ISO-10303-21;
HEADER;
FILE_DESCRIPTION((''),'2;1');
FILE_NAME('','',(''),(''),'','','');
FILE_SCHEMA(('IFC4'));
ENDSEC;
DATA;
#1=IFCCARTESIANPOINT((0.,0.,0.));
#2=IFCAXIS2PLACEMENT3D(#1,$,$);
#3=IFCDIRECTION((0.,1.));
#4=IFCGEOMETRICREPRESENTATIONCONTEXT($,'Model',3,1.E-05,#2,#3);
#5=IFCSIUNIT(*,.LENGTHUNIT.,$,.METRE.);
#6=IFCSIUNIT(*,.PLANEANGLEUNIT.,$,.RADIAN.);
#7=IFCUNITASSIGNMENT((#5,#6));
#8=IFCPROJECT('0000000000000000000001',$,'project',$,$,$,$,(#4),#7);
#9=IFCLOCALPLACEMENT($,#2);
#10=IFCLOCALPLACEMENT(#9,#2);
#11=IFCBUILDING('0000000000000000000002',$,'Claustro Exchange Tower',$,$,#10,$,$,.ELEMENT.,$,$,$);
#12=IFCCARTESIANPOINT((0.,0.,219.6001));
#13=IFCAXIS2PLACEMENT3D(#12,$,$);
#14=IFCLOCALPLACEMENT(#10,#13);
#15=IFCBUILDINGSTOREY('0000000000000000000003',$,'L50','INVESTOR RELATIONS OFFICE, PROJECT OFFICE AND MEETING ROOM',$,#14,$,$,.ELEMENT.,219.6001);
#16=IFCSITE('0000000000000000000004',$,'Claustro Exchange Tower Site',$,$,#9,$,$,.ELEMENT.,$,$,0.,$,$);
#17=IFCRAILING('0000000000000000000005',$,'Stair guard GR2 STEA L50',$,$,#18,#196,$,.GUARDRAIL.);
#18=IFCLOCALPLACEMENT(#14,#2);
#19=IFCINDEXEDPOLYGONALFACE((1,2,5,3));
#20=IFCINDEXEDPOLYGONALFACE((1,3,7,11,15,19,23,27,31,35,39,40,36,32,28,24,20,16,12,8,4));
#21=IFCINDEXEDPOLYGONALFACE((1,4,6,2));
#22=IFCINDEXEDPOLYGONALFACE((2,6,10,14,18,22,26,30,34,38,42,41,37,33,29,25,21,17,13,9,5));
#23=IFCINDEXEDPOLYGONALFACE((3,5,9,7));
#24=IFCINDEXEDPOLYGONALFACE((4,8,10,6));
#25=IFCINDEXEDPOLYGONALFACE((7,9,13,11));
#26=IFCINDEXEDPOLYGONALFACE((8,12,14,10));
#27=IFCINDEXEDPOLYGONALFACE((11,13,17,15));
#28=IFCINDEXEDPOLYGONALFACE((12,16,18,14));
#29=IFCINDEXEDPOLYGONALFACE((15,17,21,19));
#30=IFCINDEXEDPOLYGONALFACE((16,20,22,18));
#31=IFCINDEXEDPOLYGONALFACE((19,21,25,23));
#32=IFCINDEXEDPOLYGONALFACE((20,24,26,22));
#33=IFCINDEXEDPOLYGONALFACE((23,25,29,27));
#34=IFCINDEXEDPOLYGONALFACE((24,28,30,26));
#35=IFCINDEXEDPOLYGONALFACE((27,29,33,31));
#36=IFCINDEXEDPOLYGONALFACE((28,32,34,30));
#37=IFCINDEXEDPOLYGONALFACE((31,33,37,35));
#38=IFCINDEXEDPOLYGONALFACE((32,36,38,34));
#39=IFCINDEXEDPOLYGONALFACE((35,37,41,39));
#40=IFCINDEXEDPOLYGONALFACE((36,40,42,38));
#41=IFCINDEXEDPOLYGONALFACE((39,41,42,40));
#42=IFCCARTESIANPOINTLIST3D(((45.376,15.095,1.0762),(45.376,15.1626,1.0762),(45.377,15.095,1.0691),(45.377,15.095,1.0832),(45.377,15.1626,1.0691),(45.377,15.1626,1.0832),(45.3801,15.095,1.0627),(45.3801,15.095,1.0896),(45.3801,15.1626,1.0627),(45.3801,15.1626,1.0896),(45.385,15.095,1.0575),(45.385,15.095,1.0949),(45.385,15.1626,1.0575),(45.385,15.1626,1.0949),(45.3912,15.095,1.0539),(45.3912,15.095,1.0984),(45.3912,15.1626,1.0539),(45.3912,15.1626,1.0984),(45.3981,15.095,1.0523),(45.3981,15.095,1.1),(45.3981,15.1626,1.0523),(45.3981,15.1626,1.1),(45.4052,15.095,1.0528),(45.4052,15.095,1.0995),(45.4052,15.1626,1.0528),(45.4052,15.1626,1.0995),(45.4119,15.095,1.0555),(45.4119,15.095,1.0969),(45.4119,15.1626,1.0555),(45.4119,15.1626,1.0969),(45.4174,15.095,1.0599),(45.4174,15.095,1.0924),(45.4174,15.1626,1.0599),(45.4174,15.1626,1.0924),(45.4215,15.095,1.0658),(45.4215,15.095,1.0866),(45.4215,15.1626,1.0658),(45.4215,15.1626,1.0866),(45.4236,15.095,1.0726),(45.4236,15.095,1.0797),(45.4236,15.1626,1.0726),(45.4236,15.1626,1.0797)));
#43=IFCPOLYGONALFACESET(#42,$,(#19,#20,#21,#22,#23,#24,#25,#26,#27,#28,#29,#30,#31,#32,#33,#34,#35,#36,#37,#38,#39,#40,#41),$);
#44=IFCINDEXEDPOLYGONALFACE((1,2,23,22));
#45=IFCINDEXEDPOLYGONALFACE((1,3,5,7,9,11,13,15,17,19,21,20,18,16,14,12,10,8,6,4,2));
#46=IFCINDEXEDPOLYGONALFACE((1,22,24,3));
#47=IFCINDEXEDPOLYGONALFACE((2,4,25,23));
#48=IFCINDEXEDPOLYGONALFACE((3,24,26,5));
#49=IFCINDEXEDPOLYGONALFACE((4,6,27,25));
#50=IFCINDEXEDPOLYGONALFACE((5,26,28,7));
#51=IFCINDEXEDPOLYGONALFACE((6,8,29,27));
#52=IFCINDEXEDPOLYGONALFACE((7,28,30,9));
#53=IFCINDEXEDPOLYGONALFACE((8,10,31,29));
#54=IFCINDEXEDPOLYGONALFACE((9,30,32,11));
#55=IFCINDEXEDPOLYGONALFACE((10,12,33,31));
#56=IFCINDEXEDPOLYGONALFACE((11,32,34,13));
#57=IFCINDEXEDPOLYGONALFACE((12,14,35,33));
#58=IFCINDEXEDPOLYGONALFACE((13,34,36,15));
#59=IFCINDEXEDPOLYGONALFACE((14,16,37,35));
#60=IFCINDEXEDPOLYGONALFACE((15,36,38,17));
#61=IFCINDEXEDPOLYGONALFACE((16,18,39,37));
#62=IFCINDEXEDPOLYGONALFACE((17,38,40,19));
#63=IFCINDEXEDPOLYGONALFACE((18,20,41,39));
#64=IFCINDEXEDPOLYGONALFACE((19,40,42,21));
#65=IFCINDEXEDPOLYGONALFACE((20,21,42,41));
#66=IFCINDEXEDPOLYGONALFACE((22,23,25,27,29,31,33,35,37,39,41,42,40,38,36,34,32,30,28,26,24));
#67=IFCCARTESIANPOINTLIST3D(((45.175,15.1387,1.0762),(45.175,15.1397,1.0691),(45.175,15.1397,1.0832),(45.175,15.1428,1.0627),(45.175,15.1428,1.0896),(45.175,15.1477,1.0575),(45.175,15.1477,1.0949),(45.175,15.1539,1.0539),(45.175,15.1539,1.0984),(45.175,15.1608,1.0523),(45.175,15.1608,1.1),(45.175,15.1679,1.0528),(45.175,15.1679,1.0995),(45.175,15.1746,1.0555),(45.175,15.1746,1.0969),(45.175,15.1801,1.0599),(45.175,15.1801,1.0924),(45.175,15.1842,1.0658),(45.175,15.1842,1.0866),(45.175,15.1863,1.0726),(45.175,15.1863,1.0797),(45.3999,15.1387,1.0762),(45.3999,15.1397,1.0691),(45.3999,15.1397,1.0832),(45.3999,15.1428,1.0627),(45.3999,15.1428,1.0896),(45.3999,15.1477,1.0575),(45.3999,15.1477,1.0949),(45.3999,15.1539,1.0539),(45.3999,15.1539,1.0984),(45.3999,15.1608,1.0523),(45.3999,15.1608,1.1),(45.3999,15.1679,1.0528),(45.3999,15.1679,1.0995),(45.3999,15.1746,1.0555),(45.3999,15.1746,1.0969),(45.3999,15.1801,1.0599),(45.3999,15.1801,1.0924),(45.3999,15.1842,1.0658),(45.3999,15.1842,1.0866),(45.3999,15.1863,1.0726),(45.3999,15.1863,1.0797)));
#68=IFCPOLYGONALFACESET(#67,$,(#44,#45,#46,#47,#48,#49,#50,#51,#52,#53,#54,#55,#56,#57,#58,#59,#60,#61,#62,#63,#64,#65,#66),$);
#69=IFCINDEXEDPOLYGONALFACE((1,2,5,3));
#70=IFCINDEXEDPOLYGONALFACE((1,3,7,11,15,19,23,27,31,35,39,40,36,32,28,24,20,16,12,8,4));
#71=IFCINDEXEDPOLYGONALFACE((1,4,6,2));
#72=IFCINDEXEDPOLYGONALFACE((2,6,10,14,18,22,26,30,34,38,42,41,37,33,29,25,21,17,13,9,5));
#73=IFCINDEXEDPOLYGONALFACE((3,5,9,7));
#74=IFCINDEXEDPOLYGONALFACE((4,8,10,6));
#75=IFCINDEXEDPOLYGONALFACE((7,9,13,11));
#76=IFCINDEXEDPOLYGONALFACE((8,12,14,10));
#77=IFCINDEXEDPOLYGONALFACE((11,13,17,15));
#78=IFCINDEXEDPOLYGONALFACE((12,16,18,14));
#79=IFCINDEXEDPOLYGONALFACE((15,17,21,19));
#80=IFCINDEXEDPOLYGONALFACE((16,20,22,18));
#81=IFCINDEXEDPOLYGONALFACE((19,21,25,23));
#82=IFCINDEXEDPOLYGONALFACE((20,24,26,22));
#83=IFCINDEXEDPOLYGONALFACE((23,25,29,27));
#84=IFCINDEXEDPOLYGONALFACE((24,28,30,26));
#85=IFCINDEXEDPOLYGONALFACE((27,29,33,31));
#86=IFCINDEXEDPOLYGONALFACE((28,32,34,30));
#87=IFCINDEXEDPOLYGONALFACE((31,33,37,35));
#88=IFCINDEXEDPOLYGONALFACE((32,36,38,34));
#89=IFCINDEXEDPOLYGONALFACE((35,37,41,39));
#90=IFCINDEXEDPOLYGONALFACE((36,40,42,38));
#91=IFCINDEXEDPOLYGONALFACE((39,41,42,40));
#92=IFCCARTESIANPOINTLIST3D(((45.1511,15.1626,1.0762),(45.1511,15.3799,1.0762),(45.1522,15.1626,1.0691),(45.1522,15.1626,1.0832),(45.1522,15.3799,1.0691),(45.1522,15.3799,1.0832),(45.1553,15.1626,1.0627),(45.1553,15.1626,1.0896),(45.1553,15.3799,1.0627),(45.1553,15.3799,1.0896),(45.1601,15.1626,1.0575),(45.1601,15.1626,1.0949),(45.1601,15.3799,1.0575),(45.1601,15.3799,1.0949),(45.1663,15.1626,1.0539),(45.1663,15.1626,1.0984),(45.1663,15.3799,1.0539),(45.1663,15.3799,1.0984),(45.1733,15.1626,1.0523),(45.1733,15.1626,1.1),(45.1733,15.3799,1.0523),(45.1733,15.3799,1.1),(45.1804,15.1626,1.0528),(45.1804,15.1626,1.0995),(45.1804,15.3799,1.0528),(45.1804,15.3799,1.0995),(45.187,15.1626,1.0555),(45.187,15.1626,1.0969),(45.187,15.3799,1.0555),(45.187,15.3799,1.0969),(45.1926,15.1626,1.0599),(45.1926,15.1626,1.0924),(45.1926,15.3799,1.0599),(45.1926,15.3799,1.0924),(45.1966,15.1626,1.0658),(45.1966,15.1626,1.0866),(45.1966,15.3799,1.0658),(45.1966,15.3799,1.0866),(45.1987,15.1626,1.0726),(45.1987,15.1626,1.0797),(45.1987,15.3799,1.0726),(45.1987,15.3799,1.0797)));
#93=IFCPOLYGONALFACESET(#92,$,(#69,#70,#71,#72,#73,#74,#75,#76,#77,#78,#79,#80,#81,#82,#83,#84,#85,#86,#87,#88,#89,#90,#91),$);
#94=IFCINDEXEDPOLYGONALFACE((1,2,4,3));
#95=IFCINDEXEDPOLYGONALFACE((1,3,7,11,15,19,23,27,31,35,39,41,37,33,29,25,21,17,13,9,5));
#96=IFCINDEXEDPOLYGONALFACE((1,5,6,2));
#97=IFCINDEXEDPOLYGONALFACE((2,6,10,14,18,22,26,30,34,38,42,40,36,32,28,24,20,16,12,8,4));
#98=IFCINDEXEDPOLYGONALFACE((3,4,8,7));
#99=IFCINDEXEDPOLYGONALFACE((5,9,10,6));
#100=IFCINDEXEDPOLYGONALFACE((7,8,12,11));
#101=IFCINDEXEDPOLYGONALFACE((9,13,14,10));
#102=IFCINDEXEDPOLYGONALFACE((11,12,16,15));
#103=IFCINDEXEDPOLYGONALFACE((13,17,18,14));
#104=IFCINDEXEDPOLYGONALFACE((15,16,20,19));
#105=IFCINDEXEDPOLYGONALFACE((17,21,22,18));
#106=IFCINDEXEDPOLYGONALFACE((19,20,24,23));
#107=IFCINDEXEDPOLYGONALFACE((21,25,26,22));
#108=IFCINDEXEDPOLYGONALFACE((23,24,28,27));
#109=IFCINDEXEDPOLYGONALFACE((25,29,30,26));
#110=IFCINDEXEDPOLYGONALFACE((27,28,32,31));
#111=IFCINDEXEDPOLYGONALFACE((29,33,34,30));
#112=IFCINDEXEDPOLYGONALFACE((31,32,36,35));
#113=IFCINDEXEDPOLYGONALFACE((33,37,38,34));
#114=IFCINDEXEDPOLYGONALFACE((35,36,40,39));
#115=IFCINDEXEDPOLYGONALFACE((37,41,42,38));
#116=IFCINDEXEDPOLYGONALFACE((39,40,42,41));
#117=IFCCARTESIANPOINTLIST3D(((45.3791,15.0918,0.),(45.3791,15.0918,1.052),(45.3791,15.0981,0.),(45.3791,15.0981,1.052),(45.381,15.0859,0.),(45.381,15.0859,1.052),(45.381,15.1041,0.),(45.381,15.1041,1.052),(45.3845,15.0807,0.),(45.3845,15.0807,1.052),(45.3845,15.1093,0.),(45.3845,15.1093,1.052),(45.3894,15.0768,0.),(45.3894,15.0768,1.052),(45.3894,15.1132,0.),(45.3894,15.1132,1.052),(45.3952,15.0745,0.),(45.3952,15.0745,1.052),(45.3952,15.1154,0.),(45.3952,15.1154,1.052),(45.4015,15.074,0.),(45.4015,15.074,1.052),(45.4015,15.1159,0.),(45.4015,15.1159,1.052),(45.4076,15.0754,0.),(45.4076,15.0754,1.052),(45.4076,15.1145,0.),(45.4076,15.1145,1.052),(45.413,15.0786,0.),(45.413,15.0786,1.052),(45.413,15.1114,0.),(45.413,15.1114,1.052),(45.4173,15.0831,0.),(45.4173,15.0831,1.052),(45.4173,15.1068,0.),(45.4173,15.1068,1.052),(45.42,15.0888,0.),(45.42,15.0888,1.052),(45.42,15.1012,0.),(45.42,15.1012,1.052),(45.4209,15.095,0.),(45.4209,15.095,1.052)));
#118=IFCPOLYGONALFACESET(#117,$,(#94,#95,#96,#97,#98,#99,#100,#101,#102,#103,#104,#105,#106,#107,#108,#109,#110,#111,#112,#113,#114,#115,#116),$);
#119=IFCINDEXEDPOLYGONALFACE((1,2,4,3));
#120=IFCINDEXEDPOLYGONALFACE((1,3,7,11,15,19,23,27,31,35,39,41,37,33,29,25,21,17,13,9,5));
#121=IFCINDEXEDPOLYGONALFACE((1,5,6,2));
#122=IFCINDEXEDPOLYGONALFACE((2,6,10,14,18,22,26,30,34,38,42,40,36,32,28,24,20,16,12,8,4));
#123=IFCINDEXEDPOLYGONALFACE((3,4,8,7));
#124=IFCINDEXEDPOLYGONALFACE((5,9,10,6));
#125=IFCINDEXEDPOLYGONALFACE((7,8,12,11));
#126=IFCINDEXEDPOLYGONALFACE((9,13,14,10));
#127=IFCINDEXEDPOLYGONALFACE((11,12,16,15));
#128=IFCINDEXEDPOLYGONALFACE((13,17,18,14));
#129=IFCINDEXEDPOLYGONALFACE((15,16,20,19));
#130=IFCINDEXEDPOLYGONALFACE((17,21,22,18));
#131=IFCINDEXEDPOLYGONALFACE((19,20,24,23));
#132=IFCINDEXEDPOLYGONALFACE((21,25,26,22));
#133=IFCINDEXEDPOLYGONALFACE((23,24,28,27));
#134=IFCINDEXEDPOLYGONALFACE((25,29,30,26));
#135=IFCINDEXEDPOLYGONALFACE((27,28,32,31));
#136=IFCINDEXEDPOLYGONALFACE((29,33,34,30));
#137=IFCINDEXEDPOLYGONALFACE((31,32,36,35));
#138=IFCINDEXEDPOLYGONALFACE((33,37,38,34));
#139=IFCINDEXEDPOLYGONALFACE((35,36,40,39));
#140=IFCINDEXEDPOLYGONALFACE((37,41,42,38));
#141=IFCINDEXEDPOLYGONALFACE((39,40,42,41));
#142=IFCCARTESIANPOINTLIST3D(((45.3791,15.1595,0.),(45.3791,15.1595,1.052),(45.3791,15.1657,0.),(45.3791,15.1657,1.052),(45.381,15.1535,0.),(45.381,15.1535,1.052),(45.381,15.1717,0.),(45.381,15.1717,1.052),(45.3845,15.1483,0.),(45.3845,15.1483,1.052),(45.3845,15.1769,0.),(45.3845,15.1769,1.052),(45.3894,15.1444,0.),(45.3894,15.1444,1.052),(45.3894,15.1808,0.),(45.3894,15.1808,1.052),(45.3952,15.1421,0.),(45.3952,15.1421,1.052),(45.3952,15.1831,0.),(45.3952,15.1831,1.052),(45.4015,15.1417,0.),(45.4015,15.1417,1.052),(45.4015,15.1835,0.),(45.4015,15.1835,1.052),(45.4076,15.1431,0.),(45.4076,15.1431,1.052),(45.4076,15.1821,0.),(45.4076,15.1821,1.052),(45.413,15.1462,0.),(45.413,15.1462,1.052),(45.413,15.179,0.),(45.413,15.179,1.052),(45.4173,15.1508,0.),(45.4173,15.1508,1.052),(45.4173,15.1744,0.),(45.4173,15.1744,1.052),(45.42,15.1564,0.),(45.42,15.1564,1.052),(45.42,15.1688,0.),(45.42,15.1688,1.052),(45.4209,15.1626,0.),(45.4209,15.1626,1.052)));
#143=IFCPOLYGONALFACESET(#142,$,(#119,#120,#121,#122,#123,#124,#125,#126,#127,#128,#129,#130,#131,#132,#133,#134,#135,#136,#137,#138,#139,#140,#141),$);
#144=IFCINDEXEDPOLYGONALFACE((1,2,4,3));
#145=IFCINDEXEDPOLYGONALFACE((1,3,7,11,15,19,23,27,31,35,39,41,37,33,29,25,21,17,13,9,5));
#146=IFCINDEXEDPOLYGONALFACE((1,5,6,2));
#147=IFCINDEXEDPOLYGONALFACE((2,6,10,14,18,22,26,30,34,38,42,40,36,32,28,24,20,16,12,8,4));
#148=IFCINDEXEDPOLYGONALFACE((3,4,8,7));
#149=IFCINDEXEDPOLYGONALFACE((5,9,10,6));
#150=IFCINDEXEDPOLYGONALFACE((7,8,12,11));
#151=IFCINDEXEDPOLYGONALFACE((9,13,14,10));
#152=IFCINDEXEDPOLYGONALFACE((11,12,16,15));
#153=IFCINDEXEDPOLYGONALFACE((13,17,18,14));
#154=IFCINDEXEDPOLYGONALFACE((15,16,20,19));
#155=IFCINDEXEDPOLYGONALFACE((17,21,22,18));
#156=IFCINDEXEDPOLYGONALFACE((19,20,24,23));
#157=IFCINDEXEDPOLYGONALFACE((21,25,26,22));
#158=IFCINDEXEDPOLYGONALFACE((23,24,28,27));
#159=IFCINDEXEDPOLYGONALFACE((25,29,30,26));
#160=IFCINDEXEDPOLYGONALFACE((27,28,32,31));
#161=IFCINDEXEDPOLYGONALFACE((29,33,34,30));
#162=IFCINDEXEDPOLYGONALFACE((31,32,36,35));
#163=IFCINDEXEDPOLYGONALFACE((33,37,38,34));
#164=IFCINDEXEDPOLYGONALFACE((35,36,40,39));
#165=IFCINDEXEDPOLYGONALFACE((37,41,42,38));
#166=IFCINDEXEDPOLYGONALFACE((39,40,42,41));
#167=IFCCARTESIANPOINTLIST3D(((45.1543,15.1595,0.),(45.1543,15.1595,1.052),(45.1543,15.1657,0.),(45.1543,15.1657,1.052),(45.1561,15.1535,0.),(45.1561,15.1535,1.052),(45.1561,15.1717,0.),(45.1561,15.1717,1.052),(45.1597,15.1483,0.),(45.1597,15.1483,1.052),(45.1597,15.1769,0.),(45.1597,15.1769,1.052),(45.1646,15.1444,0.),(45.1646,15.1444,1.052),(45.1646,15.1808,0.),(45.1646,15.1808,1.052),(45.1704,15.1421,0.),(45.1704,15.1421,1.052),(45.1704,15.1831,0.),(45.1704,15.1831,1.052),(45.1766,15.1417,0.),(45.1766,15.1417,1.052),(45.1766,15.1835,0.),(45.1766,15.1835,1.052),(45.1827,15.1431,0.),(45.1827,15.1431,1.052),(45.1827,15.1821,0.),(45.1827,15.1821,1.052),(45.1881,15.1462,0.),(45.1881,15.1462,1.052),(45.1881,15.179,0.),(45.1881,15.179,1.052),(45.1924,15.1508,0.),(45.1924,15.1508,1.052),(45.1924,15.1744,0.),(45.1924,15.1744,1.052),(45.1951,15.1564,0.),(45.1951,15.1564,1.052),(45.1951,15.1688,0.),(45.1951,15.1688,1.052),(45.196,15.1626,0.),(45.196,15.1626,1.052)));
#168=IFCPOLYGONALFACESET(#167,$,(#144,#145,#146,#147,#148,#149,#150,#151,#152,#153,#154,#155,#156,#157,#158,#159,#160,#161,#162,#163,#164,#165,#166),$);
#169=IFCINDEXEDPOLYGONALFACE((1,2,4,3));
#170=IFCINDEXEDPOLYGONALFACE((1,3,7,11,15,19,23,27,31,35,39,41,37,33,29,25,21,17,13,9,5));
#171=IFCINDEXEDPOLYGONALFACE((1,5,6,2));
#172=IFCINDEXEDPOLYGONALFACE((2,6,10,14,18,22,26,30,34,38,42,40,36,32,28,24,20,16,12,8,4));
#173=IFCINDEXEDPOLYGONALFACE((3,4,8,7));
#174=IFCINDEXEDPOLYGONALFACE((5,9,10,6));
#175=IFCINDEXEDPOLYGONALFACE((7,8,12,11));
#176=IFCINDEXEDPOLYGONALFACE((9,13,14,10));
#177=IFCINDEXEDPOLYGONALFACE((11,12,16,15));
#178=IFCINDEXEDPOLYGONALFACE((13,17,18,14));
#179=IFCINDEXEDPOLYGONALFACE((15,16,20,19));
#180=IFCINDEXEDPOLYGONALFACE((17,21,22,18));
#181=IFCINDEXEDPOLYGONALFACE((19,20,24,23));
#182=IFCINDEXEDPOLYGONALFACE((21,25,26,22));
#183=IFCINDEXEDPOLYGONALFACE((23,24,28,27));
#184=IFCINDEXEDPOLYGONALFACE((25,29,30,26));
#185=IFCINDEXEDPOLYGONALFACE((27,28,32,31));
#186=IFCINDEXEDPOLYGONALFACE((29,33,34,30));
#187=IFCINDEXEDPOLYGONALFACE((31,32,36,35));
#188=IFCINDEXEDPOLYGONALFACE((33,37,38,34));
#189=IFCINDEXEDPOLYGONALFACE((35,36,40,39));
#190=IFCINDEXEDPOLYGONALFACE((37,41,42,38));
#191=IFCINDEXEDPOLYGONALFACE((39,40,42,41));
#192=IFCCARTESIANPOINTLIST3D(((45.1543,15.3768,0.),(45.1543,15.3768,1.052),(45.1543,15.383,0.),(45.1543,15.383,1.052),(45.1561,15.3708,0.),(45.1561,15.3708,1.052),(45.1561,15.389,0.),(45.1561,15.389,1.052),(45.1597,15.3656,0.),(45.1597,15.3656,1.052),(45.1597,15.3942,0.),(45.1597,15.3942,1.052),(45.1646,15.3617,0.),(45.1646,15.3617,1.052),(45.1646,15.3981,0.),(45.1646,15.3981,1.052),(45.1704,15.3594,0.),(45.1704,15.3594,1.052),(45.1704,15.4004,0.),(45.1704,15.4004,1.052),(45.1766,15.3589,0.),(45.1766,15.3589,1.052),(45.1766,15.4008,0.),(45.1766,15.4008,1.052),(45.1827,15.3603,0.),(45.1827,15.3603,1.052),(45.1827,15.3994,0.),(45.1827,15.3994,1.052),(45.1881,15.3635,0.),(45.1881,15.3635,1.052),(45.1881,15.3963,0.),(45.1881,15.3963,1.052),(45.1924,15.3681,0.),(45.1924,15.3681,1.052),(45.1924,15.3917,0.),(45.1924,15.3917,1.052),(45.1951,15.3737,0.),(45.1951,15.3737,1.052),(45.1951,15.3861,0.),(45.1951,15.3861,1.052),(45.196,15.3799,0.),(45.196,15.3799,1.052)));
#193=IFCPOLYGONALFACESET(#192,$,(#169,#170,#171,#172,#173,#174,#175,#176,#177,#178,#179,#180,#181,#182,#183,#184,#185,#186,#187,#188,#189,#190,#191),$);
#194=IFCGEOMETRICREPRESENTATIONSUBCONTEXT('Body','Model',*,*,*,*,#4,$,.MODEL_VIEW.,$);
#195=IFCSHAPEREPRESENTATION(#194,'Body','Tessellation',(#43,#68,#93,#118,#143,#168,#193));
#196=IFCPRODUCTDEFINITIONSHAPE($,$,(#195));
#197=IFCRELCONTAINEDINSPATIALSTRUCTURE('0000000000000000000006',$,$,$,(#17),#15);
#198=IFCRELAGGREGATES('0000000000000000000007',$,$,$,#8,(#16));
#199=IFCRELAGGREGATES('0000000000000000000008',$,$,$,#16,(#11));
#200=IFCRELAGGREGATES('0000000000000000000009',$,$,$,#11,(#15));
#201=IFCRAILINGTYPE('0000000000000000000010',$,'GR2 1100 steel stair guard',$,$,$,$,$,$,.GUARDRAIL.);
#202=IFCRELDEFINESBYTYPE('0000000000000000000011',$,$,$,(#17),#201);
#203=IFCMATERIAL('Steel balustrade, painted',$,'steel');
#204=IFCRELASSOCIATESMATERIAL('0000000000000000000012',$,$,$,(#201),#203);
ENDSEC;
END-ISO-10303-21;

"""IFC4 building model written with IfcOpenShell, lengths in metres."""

from ifc_helpers import new_model, si_unit, direction, frame, origin, origin_2d, place, context, subcontext, project, spatial, circle, extrude, material, type_object, element, save


model = new_model("IFC4")

# Units and contexts
model_context = context("Model", 3, precision=1e-05, world=origin(), true_north=direction((0.0, 1.0)))
body_context = subcontext(model_context, "Body", "Model", "MODEL_VIEW")
ifc_project = project(units=[si_unit("LENGTHUNIT", "METRE"), si_unit("PLANEANGLEUNIT", "RADIAN")], contexts=[model_context])

# Site, building, storey
site_placement = place(None, origin())
site = spatial("IfcSite", under=ifc_project, at=site_placement, Name="Claustro Exchange Tower Site", CompositionType="ELEMENT", RefElevation=0.0)
building_placement = place(site_placement, origin())
building = spatial("IfcBuilding", under=site, at=building_placement, Name="Claustro Exchange Tower", CompositionType="ELEMENT")
storey_placement = place(building_placement, frame((0.0, 0.0, 219.6001)))
storey = spatial("IfcBuildingStorey", under=building, at=storey_placement, Name="L50", Description="INVESTOR RELATIONS OFFICE, PROJECT OFFICE AND MEETING ROOM", CompositionType="ELEMENT", Elevation=219.6001)

# Railing
ifc_material_1 = material(Name="Steel balustrade, painted", Category="steel")
railing_type_1 = type_object("IfcRailingType", Name="GR2 1100 steel stair guard", PredefinedType="GUARDRAIL", material=ifc_material_1)
railing_1_placement = place(storey_placement, frame((45.3999, 15.095, 0.0)))
element("IfcRailing", 1, at=railing_1_placement, inside=storey, type_object=railing_type_1, Name="Stair guard GR2 STEA L50", PredefinedType="GUARDRAIL", context=body_context, shape_type="SweptSolid", body=[
    extrude(circle(Radius=0.0239, at=origin_2d()), frame((0.0, 0.0, 1.0762), z_axis=(0.0, 1.0, 0.0), x_axis=(-1.0, 0.0, 0.0)), (0.0, 0.0, 1.0), 0.0676),
    extrude(circle(Radius=0.0239, at=origin_2d()), frame((0.0, 0.0676, 1.0762), z_axis=(-1.0, 0.0, 0.0), x_axis=(0.0, -1.0, 0.0)), (0.0, 0.0, 1.0), 0.2249),
    extrude(circle(Radius=0.0239, at=origin_2d()), frame((-0.2249, 0.0676, 1.0762), z_axis=(0.0, 1.0, 0.0), x_axis=(-1.0, 0.0, 0.0)), (0.0, 0.0, 1.0), 0.2173),
    extrude(circle(Radius=0.021, at=origin_2d()), origin(), (0.0, 0.0, 1.0), 1.052),
    extrude(circle(Radius=0.021, at=origin_2d()), frame((0.0, 0.0676, 0.0)), (0.0, 0.0, 1.0), 1.052),
    extrude(circle(Radius=0.021, at=origin_2d()), frame((-0.2249, 0.0676, 0.0)), (0.0, 0.0, 1.0), 1.052),
    extrude(circle(Radius=0.021, at=origin_2d()), frame((-0.2249, 0.2849, 0.0)), (0.0, 0.0, 1.0), 1.052),
])

save(model, "model.ifc")
